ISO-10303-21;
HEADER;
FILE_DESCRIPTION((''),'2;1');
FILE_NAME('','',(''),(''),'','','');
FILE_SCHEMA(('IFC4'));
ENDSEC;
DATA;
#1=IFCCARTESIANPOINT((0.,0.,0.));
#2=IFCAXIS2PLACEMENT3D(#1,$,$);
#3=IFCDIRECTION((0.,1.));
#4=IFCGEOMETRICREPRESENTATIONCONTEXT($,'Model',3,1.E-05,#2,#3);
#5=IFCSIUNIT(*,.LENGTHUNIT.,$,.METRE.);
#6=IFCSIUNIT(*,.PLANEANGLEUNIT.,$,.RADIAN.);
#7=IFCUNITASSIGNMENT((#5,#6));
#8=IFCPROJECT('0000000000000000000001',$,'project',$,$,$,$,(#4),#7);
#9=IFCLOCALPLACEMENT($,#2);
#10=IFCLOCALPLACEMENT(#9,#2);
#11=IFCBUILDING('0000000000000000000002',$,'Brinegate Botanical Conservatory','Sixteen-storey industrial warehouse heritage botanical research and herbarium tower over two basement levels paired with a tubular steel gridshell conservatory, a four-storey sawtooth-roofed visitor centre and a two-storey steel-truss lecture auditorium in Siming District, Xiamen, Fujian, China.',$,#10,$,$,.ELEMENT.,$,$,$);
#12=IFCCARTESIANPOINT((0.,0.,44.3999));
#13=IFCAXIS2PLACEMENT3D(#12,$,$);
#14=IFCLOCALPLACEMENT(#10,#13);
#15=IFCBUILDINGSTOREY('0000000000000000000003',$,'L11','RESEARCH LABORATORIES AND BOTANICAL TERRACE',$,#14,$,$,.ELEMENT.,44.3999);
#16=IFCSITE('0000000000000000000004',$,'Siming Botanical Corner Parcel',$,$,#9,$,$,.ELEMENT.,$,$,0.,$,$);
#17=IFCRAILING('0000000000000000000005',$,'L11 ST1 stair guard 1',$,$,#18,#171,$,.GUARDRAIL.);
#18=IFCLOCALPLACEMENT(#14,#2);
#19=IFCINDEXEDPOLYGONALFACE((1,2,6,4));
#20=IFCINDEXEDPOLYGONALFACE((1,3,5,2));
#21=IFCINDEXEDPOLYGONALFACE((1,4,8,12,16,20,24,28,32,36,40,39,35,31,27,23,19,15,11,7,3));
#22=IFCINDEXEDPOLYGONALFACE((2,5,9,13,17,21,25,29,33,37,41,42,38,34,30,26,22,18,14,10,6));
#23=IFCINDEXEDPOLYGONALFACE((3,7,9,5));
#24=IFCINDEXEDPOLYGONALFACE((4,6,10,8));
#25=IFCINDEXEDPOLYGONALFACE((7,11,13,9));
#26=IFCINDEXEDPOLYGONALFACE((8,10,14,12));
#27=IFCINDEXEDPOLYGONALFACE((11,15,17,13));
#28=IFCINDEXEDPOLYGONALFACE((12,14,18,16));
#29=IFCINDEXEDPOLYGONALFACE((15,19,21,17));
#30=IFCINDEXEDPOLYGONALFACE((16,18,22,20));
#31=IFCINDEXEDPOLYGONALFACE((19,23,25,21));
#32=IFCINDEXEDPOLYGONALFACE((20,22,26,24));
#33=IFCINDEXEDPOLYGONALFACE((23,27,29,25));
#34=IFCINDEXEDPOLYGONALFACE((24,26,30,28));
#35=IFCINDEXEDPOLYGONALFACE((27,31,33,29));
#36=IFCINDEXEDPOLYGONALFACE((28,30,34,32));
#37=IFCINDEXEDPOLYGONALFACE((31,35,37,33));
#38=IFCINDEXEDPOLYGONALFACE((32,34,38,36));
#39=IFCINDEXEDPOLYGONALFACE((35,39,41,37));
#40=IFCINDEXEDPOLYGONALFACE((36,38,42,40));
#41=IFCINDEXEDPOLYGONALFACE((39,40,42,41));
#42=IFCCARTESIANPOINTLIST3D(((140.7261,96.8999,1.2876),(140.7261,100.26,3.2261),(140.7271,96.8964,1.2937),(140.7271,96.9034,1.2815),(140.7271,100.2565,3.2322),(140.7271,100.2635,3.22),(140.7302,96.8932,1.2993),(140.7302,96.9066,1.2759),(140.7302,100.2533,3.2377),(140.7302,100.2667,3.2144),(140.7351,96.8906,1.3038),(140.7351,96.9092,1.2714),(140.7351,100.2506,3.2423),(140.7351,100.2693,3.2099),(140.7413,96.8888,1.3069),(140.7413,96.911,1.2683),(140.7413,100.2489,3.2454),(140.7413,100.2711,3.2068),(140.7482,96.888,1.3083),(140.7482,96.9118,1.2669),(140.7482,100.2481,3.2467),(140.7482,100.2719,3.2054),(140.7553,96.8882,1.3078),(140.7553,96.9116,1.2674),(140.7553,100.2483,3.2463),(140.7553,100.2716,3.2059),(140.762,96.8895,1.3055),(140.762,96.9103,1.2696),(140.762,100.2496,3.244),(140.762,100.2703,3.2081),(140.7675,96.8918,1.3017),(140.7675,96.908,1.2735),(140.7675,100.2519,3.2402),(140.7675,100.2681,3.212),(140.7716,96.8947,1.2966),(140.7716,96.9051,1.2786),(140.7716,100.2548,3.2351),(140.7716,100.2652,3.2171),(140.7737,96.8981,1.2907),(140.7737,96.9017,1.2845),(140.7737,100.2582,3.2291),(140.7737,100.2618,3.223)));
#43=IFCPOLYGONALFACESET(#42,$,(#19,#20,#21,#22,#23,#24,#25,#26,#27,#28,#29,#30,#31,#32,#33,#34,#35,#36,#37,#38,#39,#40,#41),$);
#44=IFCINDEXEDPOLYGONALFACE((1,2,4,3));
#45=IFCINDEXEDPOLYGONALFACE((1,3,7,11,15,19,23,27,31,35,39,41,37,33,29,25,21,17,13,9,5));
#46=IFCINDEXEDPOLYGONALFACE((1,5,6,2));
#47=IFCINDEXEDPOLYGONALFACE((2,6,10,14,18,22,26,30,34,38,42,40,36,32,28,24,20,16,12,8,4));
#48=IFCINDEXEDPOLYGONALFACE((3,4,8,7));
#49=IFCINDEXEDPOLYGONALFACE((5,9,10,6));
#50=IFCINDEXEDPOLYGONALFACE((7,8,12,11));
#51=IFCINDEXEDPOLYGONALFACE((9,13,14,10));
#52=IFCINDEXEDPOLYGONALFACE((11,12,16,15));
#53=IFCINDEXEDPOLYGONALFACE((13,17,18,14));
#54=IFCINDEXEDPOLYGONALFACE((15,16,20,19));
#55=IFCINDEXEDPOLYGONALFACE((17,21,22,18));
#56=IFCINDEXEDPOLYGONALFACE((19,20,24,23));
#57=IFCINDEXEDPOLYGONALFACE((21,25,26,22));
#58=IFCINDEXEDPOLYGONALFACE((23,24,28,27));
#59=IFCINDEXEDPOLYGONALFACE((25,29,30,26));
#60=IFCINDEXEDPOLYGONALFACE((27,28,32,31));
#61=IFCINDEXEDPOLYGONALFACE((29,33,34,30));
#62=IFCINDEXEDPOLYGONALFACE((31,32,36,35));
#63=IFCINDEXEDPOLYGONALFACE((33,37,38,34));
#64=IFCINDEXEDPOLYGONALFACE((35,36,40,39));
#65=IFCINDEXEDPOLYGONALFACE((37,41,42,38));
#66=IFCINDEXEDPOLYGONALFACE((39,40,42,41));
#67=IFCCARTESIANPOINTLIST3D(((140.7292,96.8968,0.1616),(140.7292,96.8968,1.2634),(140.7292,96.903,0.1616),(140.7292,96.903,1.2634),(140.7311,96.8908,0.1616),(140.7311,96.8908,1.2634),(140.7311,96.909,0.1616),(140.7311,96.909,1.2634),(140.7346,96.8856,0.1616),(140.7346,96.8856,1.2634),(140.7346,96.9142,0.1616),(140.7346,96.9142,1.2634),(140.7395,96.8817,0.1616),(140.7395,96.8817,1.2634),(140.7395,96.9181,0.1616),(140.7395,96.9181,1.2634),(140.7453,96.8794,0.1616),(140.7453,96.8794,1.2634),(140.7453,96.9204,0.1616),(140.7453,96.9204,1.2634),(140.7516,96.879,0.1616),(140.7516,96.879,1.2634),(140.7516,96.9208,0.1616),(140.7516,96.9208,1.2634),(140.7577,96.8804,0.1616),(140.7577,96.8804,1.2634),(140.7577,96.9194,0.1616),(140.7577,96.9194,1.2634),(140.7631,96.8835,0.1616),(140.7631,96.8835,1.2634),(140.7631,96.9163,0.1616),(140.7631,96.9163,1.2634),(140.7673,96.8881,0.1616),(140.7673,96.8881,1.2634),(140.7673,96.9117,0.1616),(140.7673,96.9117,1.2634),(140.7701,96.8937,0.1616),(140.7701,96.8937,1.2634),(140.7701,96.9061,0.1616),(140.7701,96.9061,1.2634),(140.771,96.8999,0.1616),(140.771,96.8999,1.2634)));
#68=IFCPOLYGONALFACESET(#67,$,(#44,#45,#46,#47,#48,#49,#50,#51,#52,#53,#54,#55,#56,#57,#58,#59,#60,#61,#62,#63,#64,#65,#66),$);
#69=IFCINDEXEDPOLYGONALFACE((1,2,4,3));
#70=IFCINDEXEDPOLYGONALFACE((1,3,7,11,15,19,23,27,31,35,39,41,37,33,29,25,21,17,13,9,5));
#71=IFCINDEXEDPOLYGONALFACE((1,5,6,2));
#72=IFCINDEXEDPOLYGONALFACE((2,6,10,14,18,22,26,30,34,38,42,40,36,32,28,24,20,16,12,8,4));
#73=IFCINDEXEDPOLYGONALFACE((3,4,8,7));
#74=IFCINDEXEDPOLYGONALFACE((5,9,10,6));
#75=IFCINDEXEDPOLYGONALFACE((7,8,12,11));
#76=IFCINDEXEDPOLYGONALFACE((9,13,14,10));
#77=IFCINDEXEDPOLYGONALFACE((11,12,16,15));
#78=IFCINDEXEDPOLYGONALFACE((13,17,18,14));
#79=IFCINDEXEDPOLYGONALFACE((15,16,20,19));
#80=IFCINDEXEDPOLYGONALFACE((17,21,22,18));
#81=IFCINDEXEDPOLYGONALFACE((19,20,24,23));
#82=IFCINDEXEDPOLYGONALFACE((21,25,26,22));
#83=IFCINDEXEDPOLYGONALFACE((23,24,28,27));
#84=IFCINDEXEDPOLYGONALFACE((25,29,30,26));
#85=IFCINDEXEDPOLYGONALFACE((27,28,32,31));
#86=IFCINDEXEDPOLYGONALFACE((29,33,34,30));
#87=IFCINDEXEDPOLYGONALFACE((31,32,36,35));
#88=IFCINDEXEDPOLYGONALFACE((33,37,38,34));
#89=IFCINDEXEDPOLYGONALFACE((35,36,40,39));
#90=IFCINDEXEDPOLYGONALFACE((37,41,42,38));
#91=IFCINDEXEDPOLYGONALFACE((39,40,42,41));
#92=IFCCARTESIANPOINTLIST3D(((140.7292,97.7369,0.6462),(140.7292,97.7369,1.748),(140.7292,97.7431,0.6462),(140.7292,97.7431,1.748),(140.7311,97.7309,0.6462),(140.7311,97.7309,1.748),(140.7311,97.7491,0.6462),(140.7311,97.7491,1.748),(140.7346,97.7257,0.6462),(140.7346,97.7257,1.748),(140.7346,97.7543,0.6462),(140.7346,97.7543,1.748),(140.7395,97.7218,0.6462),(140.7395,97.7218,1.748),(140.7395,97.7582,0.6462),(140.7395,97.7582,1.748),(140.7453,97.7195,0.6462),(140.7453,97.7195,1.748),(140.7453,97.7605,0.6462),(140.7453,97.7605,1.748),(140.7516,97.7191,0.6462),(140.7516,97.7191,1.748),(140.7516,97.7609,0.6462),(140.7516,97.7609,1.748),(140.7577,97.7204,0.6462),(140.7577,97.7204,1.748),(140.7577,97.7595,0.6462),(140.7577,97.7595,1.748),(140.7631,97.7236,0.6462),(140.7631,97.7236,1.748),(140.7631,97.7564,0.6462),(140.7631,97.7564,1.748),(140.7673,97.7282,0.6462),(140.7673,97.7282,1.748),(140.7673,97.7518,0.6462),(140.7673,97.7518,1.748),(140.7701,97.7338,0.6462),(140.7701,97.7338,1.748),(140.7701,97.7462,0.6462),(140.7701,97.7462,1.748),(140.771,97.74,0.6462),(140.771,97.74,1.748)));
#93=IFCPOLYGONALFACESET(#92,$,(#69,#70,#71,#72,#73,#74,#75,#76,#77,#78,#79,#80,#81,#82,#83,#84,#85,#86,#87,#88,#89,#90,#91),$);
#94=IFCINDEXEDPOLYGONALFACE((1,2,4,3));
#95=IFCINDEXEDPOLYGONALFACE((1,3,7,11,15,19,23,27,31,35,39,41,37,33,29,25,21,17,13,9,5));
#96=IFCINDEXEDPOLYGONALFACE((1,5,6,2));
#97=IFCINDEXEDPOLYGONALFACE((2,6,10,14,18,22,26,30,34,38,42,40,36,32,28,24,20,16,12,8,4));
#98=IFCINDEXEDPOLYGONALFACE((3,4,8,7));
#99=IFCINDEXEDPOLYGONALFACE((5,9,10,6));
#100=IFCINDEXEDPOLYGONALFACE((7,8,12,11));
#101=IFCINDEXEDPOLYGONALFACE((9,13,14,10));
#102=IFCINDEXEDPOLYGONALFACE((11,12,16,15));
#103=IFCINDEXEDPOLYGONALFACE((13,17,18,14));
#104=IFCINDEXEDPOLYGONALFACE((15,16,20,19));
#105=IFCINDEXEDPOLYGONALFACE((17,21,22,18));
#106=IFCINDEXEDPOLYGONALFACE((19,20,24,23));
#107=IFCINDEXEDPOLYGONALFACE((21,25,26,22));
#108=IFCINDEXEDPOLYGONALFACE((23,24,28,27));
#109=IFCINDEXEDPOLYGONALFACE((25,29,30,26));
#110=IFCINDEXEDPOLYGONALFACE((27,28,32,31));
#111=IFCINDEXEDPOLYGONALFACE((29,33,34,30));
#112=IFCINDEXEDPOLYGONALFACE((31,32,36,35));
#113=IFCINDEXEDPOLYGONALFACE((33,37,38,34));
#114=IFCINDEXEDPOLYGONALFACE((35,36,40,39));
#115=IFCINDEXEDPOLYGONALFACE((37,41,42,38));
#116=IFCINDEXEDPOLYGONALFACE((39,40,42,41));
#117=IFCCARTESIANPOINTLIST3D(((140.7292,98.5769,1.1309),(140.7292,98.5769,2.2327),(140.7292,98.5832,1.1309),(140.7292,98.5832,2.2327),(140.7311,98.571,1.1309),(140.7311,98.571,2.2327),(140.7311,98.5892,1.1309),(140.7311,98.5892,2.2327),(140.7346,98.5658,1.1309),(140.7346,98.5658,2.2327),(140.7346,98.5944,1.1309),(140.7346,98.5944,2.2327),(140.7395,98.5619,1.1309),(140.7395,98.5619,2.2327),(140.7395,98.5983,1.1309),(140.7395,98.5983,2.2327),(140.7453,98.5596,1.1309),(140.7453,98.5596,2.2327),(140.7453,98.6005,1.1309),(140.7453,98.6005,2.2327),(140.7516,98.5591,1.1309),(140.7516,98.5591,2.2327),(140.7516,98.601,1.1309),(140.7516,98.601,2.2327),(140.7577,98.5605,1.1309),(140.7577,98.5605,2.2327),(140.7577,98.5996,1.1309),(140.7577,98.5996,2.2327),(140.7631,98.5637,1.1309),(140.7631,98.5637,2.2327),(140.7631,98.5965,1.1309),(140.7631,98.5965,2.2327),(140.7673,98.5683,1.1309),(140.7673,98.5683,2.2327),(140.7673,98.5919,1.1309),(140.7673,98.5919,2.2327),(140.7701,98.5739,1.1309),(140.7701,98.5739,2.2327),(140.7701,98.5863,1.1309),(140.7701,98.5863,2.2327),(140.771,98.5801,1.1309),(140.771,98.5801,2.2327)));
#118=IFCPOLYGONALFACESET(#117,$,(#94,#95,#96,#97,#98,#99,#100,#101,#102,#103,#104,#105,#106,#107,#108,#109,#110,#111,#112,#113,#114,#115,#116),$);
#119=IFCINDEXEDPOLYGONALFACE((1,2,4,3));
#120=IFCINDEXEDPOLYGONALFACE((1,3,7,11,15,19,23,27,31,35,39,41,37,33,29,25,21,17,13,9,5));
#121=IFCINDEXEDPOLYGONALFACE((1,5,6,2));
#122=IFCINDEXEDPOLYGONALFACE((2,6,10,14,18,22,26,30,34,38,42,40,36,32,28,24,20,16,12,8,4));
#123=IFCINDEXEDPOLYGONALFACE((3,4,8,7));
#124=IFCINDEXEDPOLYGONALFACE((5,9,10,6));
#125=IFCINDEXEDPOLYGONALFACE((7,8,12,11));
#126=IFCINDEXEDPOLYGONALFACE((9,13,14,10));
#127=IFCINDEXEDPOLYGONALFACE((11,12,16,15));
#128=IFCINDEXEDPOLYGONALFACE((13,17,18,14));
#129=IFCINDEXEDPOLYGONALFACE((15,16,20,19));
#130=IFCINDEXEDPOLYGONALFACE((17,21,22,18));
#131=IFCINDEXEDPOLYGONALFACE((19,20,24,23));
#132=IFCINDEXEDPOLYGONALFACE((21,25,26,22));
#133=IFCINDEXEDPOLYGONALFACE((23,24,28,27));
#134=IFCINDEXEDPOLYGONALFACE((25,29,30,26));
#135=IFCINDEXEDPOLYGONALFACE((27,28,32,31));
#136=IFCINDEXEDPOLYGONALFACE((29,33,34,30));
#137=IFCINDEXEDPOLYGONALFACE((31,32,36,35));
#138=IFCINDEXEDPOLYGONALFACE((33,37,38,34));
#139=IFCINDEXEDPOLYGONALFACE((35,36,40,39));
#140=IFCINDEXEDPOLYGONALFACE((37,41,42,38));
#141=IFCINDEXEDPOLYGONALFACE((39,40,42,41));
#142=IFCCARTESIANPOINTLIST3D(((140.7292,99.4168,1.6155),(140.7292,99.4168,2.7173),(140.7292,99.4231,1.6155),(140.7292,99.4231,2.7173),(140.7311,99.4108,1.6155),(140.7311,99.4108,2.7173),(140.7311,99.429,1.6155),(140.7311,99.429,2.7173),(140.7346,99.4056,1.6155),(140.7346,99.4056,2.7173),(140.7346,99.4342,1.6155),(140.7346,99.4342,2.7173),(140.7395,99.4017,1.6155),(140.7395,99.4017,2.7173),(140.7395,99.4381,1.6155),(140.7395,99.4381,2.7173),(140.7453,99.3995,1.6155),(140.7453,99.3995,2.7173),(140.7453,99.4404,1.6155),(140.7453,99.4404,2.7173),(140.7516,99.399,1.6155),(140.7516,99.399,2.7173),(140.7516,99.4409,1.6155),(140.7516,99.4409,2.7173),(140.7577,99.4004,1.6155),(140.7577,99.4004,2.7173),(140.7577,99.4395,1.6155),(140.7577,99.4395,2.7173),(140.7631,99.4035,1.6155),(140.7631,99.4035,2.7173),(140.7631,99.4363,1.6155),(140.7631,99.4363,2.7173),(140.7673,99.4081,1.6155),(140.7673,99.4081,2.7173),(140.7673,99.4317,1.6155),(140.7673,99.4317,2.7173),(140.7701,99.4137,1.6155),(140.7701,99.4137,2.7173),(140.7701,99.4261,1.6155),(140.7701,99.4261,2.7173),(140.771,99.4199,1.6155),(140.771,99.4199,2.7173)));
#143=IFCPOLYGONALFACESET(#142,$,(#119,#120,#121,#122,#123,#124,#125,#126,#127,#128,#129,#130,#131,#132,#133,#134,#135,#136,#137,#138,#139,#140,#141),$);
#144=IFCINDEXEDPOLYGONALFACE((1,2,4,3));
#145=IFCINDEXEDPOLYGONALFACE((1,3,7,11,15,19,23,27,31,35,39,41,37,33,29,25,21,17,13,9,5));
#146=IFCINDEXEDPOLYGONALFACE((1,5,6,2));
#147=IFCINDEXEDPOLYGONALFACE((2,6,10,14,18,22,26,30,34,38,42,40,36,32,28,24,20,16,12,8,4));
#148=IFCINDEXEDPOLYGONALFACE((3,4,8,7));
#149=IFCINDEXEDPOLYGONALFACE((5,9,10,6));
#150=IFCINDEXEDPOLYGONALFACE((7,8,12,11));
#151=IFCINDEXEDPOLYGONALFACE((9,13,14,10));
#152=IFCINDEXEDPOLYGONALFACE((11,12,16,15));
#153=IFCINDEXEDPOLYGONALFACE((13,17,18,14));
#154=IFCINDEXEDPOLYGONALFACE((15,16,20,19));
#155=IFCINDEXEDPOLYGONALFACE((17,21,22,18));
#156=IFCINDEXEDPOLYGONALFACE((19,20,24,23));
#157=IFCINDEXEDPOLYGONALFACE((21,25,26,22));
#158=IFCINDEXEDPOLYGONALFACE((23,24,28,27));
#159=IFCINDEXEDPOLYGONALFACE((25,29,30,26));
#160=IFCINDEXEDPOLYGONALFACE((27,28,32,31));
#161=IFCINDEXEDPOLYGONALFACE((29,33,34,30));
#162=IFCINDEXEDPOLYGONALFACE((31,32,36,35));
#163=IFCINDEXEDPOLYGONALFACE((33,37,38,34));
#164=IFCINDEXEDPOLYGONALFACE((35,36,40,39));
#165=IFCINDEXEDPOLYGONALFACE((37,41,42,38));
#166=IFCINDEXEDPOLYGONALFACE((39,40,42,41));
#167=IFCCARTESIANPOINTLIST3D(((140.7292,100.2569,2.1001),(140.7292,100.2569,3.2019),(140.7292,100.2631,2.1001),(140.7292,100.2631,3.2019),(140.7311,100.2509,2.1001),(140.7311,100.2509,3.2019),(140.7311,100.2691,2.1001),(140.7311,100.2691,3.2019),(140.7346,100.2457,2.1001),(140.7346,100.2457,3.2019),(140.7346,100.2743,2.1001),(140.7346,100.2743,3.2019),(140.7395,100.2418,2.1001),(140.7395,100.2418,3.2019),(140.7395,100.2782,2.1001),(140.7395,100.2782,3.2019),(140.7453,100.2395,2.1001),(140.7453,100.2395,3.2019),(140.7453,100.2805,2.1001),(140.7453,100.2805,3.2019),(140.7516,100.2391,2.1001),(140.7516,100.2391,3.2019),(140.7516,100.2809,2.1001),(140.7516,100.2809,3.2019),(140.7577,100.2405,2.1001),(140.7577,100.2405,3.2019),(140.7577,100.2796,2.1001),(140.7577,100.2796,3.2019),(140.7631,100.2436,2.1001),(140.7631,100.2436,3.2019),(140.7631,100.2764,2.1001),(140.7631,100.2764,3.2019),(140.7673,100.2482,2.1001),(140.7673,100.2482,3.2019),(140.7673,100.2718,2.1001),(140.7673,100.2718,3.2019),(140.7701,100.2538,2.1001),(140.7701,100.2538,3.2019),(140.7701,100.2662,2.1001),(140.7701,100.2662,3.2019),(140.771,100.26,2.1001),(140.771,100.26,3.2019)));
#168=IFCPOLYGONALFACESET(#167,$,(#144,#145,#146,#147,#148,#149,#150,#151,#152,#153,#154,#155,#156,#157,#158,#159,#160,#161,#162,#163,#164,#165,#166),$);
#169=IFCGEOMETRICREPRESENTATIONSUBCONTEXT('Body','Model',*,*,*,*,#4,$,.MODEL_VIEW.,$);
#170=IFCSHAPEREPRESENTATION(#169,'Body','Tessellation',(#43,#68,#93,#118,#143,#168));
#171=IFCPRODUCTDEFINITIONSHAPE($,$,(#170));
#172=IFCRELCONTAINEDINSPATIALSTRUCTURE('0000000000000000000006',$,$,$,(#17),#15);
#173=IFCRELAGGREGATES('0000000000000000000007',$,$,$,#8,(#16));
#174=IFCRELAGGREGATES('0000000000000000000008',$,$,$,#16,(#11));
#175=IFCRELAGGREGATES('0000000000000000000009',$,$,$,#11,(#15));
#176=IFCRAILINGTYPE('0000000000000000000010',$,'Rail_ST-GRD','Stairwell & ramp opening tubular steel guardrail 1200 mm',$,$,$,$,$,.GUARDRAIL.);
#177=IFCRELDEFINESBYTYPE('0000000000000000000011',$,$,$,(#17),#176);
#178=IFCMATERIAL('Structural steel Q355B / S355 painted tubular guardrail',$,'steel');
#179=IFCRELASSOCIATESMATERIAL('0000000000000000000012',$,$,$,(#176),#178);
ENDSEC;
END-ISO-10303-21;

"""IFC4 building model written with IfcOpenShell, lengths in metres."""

from ifc_helpers import new_model, si_unit, direction, frame, origin, origin_2d, place, context, subcontext, project, spatial, circle, extrude, material, type_object, element, save


model = new_model("IFC4")

# Units and contexts
model_context = context("Model", 3, precision=1e-05, world=origin(), true_north=direction((0.0, 1.0)))
body_context = subcontext(model_context, "Body", "Model", "MODEL_VIEW")
ifc_project = project(units=[si_unit("LENGTHUNIT", "METRE"), si_unit("PLANEANGLEUNIT", "RADIAN")], contexts=[model_context])

# Site, building, storey
site_placement = place(None, origin())
site = spatial("IfcSite", under=ifc_project, at=site_placement, Name="Siming Botanical Corner Parcel", CompositionType="ELEMENT", RefElevation=0.0)
building_placement = place(site_placement, origin())
building = spatial("IfcBuilding", under=site, at=building_placement, Name="Brinegate Botanical Conservatory", Description="Sixteen-storey industrial warehouse heritage botanical research and herbarium tower over two basement levels paired with a tubular steel gridshell conservatory, a four-storey sawtooth-roofed visitor centre and a two-storey steel-truss lecture auditorium in Siming District, Xiamen, Fujian, China.", CompositionType="ELEMENT")
storey_placement = place(building_placement, frame((0.0, 0.0, 44.3999)))
storey = spatial("IfcBuildingStorey", under=building, at=storey_placement, Name="L11", Description="RESEARCH LABORATORIES AND BOTANICAL TERRACE", CompositionType="ELEMENT", Elevation=44.3999)

# Railing
ifc_material_1 = material(Name="Structural steel Q355B / S355 painted tubular guardrail", Category="steel")
railing_type_1 = type_object("IfcRailingType", Name="Rail_ST-GRD", Description="Stairwell & ramp opening tubular steel guardrail 1200 mm", PredefinedType="GUARDRAIL", material=ifc_material_1)
railing_1_placement = place(storey_placement, frame((140.75, 96.8999, 0.1616)))
element("IfcRailing", 1, at=railing_1_placement, inside=storey, type_object=railing_type_1, Name="L11 ST1 stair guard 1", PredefinedType="GUARDRAIL", context=body_context, shape_type="SweptSolid", body=[
    extrude(circle(Radius=0.0239, at=origin_2d()), frame((0.0, 0.0, 1.126), z_axis=(0.0, 0.866191, 0.499713), x_axis=(-1.0, 0.0, 0.0)), (0.0, 0.0, 1.0), 3.8792),
    extrude(circle(Radius=0.021, at=origin_2d()), origin(), (0.0, 0.0, 1.0), 1.1018),
    extrude(circle(Radius=0.021, at=origin_2d()), frame((0.0, 0.8401, 0.4846)), (0.0, 0.0, 1.0), 1.1018),
    extrude(circle(Radius=0.021, at=origin_2d()), frame((0.0, 1.6802, 0.9692)), (0.0, 0.0, 1.0), 1.1018),
    extrude(circle(Radius=0.021, at=origin_2d()), frame((0.0, 2.52, 1.4539)), (0.0, 0.0, 1.0), 1.1018),
    extrude(circle(Radius=0.021, at=origin_2d()), frame((0.0, 3.3601, 1.9385)), (0.0, 0.0, 1.0), 1.1018),
])

save(model, "model.ifc")
